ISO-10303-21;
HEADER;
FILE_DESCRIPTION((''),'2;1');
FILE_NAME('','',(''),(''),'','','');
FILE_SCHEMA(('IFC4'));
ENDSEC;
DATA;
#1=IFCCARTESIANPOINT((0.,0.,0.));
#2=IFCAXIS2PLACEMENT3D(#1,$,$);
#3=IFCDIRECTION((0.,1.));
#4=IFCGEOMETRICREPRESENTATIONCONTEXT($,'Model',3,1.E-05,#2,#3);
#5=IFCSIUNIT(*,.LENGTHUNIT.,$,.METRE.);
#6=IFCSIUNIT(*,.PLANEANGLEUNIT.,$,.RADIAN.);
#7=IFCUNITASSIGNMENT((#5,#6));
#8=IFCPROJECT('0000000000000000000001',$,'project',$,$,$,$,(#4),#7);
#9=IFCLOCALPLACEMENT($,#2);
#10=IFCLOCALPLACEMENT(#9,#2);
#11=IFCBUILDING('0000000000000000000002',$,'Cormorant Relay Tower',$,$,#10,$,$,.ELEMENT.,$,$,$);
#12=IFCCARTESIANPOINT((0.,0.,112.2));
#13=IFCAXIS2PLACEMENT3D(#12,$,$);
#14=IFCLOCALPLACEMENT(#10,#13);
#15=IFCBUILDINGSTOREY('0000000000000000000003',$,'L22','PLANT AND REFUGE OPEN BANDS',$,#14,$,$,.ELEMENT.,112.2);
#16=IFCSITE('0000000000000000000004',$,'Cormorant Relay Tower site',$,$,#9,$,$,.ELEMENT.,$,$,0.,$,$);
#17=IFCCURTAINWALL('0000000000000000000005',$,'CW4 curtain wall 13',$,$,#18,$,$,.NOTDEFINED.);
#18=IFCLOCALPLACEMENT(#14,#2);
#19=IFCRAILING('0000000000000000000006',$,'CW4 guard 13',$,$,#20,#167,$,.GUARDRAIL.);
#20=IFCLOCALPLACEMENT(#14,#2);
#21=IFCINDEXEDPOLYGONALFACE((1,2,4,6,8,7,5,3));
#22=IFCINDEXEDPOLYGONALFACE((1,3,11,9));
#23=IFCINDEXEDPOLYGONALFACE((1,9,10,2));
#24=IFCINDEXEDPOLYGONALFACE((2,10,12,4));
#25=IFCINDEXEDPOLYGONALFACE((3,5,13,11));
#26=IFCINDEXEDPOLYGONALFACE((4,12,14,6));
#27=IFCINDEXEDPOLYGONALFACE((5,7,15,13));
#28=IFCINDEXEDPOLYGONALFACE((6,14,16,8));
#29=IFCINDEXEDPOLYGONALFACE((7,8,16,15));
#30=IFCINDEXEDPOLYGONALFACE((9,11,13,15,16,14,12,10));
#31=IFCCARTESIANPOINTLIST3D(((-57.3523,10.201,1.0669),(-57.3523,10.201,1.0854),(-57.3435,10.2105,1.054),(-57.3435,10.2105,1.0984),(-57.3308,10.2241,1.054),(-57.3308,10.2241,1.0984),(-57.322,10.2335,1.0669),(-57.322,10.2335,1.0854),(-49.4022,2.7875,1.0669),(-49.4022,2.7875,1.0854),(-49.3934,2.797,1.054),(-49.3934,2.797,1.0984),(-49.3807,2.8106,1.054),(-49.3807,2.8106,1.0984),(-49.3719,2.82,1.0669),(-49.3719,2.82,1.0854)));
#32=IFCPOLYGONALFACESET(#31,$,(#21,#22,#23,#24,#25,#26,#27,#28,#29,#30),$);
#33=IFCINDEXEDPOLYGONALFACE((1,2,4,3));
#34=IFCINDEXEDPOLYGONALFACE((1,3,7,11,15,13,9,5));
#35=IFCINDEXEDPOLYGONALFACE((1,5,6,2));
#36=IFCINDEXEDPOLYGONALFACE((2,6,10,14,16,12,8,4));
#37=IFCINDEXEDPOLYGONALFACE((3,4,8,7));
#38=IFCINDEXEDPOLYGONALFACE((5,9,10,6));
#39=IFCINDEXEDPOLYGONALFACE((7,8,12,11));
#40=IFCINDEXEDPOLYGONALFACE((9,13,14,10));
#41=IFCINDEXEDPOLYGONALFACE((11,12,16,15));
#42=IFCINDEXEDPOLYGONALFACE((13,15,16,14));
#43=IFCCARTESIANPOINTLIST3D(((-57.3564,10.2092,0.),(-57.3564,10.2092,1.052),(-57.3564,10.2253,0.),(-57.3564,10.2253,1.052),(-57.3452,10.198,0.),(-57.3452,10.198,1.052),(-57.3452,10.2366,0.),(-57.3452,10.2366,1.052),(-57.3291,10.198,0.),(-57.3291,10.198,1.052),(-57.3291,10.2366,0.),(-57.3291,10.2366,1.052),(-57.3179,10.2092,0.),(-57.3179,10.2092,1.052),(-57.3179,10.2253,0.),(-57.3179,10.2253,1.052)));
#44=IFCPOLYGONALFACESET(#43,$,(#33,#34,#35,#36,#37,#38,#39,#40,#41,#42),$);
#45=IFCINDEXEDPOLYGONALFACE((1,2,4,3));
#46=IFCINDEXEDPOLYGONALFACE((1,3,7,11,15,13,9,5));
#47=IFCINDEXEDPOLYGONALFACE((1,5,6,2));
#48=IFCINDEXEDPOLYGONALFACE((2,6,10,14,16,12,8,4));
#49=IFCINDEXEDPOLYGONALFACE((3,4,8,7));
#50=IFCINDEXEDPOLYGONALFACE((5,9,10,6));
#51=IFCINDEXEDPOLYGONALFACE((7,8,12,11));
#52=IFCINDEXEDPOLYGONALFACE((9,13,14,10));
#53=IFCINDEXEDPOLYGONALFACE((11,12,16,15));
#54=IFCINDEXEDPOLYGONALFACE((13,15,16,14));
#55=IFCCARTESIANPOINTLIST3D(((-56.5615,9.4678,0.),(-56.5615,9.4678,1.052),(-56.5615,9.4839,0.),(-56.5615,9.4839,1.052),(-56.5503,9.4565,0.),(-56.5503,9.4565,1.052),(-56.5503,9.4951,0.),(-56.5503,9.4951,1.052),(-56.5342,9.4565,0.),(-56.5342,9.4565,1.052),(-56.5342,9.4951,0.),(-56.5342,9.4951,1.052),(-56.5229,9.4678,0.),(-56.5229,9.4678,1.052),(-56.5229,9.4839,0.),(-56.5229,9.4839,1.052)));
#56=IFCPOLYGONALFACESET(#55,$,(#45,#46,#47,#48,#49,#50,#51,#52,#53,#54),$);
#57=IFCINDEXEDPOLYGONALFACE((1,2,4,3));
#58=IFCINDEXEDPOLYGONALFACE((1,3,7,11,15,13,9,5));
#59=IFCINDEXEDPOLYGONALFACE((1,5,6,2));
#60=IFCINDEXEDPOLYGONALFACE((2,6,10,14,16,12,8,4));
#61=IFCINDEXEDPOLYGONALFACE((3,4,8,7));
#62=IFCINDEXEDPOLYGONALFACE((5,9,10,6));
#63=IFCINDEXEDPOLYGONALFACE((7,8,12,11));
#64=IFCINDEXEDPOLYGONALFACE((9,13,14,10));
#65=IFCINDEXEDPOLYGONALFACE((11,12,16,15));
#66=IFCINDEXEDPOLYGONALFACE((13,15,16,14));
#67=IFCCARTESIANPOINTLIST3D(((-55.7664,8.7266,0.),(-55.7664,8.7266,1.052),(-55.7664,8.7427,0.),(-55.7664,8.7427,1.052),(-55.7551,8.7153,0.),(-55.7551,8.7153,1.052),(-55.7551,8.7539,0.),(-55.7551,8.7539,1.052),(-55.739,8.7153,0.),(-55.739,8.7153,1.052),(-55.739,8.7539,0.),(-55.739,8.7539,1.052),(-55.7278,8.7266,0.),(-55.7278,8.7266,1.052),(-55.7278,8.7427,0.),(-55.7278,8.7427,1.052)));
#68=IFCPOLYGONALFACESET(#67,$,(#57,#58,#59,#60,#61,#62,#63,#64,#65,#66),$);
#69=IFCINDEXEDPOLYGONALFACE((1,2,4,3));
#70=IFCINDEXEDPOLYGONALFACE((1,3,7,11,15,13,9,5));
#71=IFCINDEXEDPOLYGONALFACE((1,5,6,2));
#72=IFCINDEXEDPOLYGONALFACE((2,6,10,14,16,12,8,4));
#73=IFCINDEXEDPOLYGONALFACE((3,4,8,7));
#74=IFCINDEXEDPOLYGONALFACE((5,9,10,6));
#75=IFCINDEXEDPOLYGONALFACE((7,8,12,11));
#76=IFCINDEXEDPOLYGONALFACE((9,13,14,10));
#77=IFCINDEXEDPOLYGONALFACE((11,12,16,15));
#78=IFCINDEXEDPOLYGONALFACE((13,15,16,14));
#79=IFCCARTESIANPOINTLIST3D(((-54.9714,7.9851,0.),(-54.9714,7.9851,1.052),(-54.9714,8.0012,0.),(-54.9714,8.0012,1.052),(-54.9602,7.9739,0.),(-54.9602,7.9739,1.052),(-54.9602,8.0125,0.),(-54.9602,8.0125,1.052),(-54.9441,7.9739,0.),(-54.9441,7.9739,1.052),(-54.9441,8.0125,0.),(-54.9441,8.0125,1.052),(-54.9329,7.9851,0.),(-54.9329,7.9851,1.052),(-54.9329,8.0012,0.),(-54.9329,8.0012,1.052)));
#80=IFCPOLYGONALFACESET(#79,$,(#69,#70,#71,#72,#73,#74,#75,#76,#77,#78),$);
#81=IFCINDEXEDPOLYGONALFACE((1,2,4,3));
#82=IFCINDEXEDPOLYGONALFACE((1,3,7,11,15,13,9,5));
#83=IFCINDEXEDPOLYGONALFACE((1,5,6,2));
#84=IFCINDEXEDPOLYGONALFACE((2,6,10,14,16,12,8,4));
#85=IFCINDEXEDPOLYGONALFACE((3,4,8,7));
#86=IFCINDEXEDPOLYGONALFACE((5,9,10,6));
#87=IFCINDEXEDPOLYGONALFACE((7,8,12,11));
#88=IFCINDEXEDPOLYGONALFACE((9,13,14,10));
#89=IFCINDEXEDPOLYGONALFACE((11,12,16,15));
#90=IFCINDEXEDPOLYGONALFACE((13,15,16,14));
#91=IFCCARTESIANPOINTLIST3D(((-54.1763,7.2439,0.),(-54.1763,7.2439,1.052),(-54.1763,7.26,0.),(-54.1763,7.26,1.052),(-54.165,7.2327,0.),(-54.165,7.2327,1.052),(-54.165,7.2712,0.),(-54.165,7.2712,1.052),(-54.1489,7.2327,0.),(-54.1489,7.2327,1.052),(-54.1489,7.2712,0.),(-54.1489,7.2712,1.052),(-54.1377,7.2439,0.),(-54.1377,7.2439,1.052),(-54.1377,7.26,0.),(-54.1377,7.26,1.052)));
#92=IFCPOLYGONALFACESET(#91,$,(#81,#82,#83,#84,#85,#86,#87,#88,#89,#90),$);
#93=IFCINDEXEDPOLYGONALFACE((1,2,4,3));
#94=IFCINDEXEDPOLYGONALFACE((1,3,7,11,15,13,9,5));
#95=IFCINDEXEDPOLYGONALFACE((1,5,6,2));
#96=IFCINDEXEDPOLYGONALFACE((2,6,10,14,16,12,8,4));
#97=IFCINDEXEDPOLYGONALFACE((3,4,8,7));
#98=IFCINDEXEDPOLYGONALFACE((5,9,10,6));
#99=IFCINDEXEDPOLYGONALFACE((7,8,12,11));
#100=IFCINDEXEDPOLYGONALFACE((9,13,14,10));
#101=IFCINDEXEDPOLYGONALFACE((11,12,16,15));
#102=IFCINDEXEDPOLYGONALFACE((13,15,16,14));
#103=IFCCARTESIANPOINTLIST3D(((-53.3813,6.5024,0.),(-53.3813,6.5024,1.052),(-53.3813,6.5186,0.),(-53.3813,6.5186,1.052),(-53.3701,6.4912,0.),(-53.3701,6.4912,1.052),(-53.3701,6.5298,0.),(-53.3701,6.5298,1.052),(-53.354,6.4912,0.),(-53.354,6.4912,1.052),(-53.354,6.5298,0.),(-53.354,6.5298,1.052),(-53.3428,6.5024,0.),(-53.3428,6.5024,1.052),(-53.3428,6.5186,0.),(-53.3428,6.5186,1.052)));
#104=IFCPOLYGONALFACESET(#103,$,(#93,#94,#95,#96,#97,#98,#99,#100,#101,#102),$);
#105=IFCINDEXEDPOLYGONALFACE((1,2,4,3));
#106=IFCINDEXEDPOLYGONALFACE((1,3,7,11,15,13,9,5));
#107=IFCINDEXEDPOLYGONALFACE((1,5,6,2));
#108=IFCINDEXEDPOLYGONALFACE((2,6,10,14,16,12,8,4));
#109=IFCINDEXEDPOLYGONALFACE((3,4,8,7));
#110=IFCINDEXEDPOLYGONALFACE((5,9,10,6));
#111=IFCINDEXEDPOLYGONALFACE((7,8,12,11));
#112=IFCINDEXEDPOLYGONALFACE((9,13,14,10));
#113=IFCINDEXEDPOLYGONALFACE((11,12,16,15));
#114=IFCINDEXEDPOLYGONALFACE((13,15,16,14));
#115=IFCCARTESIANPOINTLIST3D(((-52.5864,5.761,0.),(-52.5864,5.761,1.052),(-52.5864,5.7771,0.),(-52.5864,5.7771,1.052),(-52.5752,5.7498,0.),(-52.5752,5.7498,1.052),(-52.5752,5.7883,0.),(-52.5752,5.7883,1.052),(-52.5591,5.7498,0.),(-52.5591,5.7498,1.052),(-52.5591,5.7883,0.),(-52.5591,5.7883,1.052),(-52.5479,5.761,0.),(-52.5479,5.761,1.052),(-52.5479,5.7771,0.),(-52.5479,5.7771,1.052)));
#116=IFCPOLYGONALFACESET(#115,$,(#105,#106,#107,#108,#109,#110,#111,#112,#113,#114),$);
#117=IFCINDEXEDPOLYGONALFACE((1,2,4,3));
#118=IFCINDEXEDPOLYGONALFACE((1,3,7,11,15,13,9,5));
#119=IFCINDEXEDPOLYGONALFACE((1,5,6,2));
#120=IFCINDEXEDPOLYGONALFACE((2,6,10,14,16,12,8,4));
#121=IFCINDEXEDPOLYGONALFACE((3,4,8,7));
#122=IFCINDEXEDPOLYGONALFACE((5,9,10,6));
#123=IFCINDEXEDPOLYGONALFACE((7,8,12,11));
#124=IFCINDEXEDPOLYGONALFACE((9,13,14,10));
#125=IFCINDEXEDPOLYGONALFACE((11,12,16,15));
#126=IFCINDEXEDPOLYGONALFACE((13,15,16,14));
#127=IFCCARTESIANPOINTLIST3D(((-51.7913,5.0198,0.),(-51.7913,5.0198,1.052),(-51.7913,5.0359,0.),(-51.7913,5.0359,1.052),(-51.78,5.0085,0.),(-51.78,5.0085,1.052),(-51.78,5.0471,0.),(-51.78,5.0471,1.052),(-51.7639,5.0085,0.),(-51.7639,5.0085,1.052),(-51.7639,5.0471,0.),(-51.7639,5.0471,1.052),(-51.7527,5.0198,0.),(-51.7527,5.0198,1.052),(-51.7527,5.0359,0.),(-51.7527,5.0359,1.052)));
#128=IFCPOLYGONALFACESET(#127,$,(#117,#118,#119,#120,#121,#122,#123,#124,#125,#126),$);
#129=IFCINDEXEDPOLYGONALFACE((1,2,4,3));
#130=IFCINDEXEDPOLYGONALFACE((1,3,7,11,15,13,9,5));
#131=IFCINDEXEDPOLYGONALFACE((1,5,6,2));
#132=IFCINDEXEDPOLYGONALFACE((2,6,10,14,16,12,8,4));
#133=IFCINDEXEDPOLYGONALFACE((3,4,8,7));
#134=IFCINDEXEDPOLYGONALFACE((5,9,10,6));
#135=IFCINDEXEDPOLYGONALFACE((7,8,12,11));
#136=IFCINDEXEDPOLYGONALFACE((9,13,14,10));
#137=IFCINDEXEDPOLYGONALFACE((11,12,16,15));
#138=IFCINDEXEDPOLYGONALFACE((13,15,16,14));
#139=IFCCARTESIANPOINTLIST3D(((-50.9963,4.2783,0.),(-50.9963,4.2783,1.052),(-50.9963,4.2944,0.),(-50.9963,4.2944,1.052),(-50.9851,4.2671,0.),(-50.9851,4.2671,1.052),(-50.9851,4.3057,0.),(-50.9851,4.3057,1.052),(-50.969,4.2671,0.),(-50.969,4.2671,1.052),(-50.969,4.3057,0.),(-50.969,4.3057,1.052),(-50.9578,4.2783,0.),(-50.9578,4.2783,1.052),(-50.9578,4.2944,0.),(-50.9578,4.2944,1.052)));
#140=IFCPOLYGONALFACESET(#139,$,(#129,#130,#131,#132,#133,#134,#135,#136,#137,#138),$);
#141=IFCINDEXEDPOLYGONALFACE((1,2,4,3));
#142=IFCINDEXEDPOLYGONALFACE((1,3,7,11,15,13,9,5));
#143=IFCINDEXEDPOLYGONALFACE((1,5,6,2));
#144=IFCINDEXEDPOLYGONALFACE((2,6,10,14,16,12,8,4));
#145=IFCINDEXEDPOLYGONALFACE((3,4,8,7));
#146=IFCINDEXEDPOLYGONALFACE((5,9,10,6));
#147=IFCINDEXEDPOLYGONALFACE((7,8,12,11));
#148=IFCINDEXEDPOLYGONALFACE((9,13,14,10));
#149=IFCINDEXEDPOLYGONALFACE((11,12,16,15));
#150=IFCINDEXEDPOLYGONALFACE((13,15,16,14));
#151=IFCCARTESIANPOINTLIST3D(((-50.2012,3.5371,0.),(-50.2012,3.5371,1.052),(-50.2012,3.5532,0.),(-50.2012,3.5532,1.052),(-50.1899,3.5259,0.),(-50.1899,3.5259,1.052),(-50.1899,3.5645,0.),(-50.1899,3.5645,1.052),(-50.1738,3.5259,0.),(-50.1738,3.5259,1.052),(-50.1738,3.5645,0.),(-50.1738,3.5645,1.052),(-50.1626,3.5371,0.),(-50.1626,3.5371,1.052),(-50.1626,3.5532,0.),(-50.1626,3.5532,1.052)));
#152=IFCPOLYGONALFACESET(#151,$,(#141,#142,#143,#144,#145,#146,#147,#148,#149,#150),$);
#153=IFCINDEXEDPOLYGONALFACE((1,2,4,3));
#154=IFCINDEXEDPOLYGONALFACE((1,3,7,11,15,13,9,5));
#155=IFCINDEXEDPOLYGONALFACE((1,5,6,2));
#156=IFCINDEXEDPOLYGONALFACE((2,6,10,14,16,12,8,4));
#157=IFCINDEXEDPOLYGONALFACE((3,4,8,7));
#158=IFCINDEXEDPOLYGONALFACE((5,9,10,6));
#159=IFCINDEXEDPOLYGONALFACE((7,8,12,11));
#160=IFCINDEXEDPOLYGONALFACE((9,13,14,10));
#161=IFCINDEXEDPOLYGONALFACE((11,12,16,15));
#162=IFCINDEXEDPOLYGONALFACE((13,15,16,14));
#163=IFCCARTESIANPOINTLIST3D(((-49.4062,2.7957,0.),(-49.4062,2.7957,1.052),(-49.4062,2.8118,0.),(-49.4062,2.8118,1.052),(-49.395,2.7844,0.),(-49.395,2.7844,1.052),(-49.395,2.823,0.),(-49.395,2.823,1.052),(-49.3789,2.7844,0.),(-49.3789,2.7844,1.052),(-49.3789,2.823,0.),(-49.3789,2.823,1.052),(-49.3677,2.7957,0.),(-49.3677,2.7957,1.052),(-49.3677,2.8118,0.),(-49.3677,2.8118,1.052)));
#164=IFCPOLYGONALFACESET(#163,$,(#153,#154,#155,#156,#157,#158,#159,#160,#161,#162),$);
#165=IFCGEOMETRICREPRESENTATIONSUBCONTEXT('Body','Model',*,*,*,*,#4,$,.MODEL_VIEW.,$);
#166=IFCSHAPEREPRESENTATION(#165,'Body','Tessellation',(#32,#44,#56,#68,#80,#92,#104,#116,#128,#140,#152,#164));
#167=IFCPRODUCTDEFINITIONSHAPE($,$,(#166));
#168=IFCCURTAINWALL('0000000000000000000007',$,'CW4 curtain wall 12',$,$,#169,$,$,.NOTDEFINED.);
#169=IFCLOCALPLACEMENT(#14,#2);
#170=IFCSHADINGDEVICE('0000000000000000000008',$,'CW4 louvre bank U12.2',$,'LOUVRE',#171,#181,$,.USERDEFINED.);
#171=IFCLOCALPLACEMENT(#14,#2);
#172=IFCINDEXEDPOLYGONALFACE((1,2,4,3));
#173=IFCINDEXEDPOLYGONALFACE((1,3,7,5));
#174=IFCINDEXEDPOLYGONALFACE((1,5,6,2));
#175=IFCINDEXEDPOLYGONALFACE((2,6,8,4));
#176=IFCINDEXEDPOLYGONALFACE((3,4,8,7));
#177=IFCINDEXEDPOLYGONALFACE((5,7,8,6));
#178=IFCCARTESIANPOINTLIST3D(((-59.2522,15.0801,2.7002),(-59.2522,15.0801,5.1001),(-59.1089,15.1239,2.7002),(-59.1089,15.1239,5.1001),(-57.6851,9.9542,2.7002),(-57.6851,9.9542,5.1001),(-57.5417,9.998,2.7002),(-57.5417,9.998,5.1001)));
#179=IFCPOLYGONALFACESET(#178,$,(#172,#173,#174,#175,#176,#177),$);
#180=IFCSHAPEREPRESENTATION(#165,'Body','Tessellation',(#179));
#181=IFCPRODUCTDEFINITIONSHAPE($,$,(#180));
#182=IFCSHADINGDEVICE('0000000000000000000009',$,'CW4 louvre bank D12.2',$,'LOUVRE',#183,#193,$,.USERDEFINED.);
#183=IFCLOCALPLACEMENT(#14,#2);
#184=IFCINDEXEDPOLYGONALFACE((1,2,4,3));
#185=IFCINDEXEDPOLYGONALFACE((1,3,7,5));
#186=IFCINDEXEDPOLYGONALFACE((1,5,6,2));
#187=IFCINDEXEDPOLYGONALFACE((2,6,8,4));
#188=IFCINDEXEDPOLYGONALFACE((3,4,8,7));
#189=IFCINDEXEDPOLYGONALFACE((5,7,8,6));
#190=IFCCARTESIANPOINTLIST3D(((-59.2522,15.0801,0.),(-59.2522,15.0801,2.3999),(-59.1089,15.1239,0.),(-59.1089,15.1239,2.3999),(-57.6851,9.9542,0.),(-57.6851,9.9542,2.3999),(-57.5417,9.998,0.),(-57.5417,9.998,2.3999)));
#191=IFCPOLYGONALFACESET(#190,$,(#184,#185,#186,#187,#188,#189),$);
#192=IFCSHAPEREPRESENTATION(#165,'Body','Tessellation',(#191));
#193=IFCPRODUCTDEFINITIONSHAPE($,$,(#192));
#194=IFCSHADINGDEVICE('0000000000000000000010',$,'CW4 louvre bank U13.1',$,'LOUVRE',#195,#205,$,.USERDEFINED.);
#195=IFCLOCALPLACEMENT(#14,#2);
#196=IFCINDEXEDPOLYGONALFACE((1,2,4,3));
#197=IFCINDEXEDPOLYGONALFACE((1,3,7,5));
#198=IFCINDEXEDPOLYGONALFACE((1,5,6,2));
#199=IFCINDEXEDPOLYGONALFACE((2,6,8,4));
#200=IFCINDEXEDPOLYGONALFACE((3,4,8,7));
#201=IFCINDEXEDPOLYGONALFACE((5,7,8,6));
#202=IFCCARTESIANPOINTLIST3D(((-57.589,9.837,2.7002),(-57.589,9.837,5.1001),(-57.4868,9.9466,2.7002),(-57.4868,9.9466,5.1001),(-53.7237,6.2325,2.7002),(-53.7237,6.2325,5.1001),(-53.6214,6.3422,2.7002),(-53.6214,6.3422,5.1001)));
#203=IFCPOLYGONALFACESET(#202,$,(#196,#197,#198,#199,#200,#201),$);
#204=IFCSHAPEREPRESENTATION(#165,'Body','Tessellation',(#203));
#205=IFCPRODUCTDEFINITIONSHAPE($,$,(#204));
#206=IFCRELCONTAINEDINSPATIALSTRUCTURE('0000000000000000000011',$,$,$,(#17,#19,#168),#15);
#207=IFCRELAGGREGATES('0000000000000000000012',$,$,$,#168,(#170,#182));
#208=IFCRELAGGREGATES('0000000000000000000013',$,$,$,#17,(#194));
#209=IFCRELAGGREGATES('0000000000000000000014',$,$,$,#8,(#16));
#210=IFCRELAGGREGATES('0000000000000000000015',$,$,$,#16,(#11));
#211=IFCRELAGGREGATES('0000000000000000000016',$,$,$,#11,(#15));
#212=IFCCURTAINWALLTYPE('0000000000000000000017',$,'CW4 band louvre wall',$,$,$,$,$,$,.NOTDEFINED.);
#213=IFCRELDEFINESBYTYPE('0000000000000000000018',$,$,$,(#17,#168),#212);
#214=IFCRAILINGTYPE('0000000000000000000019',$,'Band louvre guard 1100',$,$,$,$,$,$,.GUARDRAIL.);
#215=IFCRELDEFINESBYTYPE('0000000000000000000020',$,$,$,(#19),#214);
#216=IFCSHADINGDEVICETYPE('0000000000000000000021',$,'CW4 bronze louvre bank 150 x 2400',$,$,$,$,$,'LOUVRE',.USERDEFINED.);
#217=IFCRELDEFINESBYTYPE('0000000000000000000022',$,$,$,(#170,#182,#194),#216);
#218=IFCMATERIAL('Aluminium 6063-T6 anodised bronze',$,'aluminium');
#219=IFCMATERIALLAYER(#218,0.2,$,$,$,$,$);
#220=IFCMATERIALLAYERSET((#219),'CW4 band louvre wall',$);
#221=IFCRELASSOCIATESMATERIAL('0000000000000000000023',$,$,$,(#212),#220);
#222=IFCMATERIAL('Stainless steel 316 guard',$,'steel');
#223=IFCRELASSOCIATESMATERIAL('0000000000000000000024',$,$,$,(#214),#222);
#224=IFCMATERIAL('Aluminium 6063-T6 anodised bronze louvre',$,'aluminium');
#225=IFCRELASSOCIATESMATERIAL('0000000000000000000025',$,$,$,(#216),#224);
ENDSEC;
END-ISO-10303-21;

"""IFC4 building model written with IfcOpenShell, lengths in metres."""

from ifc_helpers import new_model, si_unit, direction, frame, origin, origin_2d, place, context, subcontext, project, spatial, polyline, rectangle, outline, extrude, material, layer, layer_set, type_object, element, aggregate, save


model = new_model("IFC4")

# Units and contexts
model_context = context("Model", 3, precision=1e-05, world=origin(), true_north=direction((0.0, 1.0)))
body_context = subcontext(model_context, "Body", "Model", "MODEL_VIEW")
ifc_project = project(units=[si_unit("LENGTHUNIT", "METRE"), si_unit("PLANEANGLEUNIT", "RADIAN")], contexts=[model_context])

# Site, building, storey
site_placement = place(None, origin())
site = spatial("IfcSite", under=ifc_project, at=site_placement, Name="Cormorant Relay Tower site", CompositionType="ELEMENT", RefElevation=0.0)
building_placement = place(site_placement, origin())
building = spatial("IfcBuilding", under=site, at=building_placement, Name="Cormorant Relay Tower", CompositionType="ELEMENT")
storey_placement = place(building_placement, frame((0.0, 0.0, 112.2)))
storey = spatial("IfcBuildingStorey", under=building, at=storey_placement, Name="L22", Description="PLANT AND REFUGE OPEN BANDS", CompositionType="ELEMENT", Elevation=112.2)

# Curtain wall
ifc_material_1 = material(Name="Aluminium 6063-T6 anodised bronze", Category="aluminium")
ifc_layer_1 = layer(ifc_material_1, 0.2)
ifc_layer_set_1 = layer_set([ifc_layer_1], Name="CW4 band louvre wall")
curtain_wall_type = type_object("IfcCurtainWallType", Name="CW4 band louvre wall", PredefinedType="NOTDEFINED", material=ifc_layer_set_1)
curtain_wall_1_placement = place(storey_placement, origin())
curtain_wall_1 = element("IfcCurtainWall", 1, at=curtain_wall_1_placement, inside=storey, type_object=curtain_wall_type, Name="CW4 curtain wall 13", PredefinedType="NOTDEFINED")

# Railing
ifc_material_2 = material(Name="Stainless steel 316 guard", Category="steel")
railing_type_1 = type_object("IfcRailingType", Name="Band louvre guard 1100", PredefinedType="GUARDRAIL", material=ifc_material_2)
railing_1_placement = place(storey_placement, frame((-57.3372, 10.2173, 0.0)))
element("IfcRailing", 2, at=railing_1_placement, inside=storey, type_object=railing_type_1, Name="CW4 guard 13", PredefinedType="GUARDRAIL", context=body_context, shape_type="SweptSolid", body=[
    extrude(outline(polyline([(0.0222, 0.0093), (0.0093, 0.0222), (-0.0093, 0.0222), (-0.0222, 0.0093), (-0.0222, -0.0093), (-0.0093, -0.0222), (0.0093, -0.0222), (0.0222, -0.0093), (0.0222, 0.0093)])), frame((0.0, 0.0, 1.0762), z_axis=(0.731358, -0.681993, 0.0), x_axis=(0.681993, 0.731358, 0.0)), (0.0, 0.0, 1.0), 10.8704),
    extrude(outline(polyline([(0.0193, 0.0081), (0.0081, 0.0193), (-0.0081, 0.0193), (-0.0193, 0.0081), (-0.0193, -0.0081), (-0.0081, -0.0193), (0.0081, -0.0193), (0.0193, -0.0081), (0.0193, 0.0081)])), origin(), (0.0, 0.0, 1.0), 1.052),
    extrude(outline(polyline([(0.0193, 0.0081), (0.0081, 0.0193), (-0.0081, 0.0193), (-0.0193, 0.0081), (-0.0193, -0.0081), (-0.0081, -0.0193), (0.0081, -0.0193), (0.0193, -0.0081), (0.0193, 0.0081)])), frame((0.7949, -0.7415, 0.0)), (0.0, 0.0, 1.0), 1.052),
    extrude(outline(polyline([(0.0193, 0.0081), (0.0081, 0.0193), (-0.0081, 0.0193), (-0.0193, 0.0081), (-0.0193, -0.0081), (-0.0081, -0.0193), (0.0081, -0.0193), (0.0193, -0.0081), (0.0193, 0.0081)])), frame((1.5901, -1.4827, 0.0)), (0.0, 0.0, 1.0), 1.052),
    extrude(outline(polyline([(0.0193, 0.0081), (0.0081, 0.0193), (-0.0081, 0.0193), (-0.0193, 0.0081), (-0.0193, -0.0081), (-0.0081, -0.0193), (0.0081, -0.0193), (0.0193, -0.0081), (0.0193, 0.0081)])), frame((2.385, -2.2241, 0.0)), (0.0, 0.0, 1.0), 1.052),
    extrude(outline(polyline([(0.0193, 0.0081), (0.0081, 0.0193), (-0.0081, 0.0193), (-0.0193, 0.0081), (-0.0193, -0.0081), (-0.0081, -0.0193), (0.0081, -0.0193), (0.0193, -0.0081), (0.0193, 0.0081)])), frame((3.1802, -2.9653, 0.0)), (0.0, 0.0, 1.0), 1.052),
    extrude(outline(polyline([(0.0193, 0.0081), (0.0081, 0.0193), (-0.0081, 0.0193), (-0.0193, 0.0081), (-0.0193, -0.0081), (-0.0081, -0.0193), (0.0081, -0.0193), (0.0193, -0.0081), (0.0193, 0.0081)])), frame((3.9751, -3.7068, 0.0)), (0.0, 0.0, 1.0), 1.052),
    extrude(outline(polyline([(0.0193, 0.0081), (0.0081, 0.0193), (-0.0081, 0.0193), (-0.0193, 0.0081), (-0.0193, -0.0081), (-0.0081, -0.0193), (0.0081, -0.0193), (0.0193, -0.0081), (0.0193, 0.0081)])), frame((4.77, -4.4482, 0.0)), (0.0, 0.0, 1.0), 1.052),
    extrude(outline(polyline([(0.0193, 0.0081), (0.0081, 0.0193), (-0.0081, 0.0193), (-0.0193, 0.0081), (-0.0193, -0.0081), (-0.0081, -0.0193), (0.0081, -0.0193), (0.0193, -0.0081), (0.0193, 0.0081)])), frame((5.5652, -5.1895, 0.0)), (0.0, 0.0, 1.0), 1.052),
    extrude(outline(polyline([(0.0193, 0.0081), (0.0081, 0.0193), (-0.0081, 0.0193), (-0.0193, 0.0081), (-0.0193, -0.0081), (-0.0081, -0.0193), (0.0081, -0.0193), (0.0193, -0.0081), (0.0193, 0.0081)])), frame((6.3601, -5.9309, 0.0)), (0.0, 0.0, 1.0), 1.052),
    extrude(outline(polyline([(0.0193, 0.0081), (0.0081, 0.0193), (-0.0081, 0.0193), (-0.0193, 0.0081), (-0.0193, -0.0081), (-0.0081, -0.0193), (0.0081, -0.0193), (0.0193, -0.0081), (0.0193, 0.0081)])), frame((7.1553, -6.6721, 0.0)), (0.0, 0.0, 1.0), 1.052),
    extrude(outline(polyline([(0.0193, 0.0081), (0.0081, 0.0193), (-0.0081, 0.0193), (-0.0193, 0.0081), (-0.0193, -0.0081), (-0.0081, -0.0193), (0.0081, -0.0193), (0.0193, -0.0081), (0.0193, 0.0081)])), frame((7.9502, -7.4136, 0.0)), (0.0, 0.0, 1.0), 1.052),
])

# Curtain wall, shading devices
curtain_wall_2_placement = place(storey_placement, origin())
curtain_wall_2 = element("IfcCurtainWall", 3, at=curtain_wall_2_placement, inside=storey, type_object=curtain_wall_type, Name="CW4 curtain wall 12", PredefinedType="NOTDEFINED")
ifc_material_3 = material(Name="Aluminium 6063-T6 anodised bronze louvre", Category="aluminium")
shading_device_type = type_object("IfcShadingDeviceType", Name="CW4 bronze louvre bank 150 x 2400", ElementType="LOUVRE", PredefinedType="USERDEFINED", material=ifc_material_3)
shading_device_1_placement = place(storey_placement, frame((-58.397, 12.5391, 2.7002), z_axis=(0.0, 0.0, 1.0), x_axis=(0.292372, -0.956305, 0.0)))
shading_device_1 = element("IfcShadingDevice", 4, at=shading_device_1_placement, type_object=shading_device_type, Name="CW4 louvre bank U12.2", ObjectType="LOUVRE", PredefinedType="USERDEFINED", context=body_context, shape_type="SweptSolid", body=[
    extrude(rectangle(XDim=5.3601, YDim=0.1499, at=origin_2d()), origin(), (0.0, 0.0, 1.0), 2.3999),
])
shading_device_2_placement = place(storey_placement, frame((-58.397, 12.5391, 0.0), z_axis=(0.0, 0.0, 1.0), x_axis=(0.292372, -0.956305, 0.0)))
shading_device_2 = element("IfcShadingDevice", 5, at=shading_device_2_placement, type_object=shading_device_type, Name="CW4 louvre bank D12.2", ObjectType="LOUVRE", PredefinedType="USERDEFINED", context=body_context, shape_type="SweptSolid", body=[
    extrude(rectangle(XDim=5.3601, YDim=0.1499, at=origin_2d()), origin(), (0.0, 0.0, 1.0), 2.3999),
])
aggregate(curtain_wall_2, [shading_device_1, shading_device_2])

# Shading device
shading_device_3_placement = place(storey_placement, frame((-55.6052, 8.0896, 2.7002), z_axis=(0.0, 0.0, 1.0), x_axis=(0.731354, -0.681998, 0.0)))
shading_device_3 = element("IfcShadingDevice", 6, at=shading_device_3_placement, type_object=shading_device_type, Name="CW4 louvre bank U13.1", ObjectType="LOUVRE", PredefinedType="USERDEFINED", context=body_context, shape_type="SweptSolid", body=[
    extrude(rectangle(XDim=5.2852, YDim=0.1499, at=origin_2d()), origin(), (0.0, 0.0, 1.0), 2.3999),
])
aggregate(curtain_wall_1, [shading_device_3])

save(model, "model.ifc")
